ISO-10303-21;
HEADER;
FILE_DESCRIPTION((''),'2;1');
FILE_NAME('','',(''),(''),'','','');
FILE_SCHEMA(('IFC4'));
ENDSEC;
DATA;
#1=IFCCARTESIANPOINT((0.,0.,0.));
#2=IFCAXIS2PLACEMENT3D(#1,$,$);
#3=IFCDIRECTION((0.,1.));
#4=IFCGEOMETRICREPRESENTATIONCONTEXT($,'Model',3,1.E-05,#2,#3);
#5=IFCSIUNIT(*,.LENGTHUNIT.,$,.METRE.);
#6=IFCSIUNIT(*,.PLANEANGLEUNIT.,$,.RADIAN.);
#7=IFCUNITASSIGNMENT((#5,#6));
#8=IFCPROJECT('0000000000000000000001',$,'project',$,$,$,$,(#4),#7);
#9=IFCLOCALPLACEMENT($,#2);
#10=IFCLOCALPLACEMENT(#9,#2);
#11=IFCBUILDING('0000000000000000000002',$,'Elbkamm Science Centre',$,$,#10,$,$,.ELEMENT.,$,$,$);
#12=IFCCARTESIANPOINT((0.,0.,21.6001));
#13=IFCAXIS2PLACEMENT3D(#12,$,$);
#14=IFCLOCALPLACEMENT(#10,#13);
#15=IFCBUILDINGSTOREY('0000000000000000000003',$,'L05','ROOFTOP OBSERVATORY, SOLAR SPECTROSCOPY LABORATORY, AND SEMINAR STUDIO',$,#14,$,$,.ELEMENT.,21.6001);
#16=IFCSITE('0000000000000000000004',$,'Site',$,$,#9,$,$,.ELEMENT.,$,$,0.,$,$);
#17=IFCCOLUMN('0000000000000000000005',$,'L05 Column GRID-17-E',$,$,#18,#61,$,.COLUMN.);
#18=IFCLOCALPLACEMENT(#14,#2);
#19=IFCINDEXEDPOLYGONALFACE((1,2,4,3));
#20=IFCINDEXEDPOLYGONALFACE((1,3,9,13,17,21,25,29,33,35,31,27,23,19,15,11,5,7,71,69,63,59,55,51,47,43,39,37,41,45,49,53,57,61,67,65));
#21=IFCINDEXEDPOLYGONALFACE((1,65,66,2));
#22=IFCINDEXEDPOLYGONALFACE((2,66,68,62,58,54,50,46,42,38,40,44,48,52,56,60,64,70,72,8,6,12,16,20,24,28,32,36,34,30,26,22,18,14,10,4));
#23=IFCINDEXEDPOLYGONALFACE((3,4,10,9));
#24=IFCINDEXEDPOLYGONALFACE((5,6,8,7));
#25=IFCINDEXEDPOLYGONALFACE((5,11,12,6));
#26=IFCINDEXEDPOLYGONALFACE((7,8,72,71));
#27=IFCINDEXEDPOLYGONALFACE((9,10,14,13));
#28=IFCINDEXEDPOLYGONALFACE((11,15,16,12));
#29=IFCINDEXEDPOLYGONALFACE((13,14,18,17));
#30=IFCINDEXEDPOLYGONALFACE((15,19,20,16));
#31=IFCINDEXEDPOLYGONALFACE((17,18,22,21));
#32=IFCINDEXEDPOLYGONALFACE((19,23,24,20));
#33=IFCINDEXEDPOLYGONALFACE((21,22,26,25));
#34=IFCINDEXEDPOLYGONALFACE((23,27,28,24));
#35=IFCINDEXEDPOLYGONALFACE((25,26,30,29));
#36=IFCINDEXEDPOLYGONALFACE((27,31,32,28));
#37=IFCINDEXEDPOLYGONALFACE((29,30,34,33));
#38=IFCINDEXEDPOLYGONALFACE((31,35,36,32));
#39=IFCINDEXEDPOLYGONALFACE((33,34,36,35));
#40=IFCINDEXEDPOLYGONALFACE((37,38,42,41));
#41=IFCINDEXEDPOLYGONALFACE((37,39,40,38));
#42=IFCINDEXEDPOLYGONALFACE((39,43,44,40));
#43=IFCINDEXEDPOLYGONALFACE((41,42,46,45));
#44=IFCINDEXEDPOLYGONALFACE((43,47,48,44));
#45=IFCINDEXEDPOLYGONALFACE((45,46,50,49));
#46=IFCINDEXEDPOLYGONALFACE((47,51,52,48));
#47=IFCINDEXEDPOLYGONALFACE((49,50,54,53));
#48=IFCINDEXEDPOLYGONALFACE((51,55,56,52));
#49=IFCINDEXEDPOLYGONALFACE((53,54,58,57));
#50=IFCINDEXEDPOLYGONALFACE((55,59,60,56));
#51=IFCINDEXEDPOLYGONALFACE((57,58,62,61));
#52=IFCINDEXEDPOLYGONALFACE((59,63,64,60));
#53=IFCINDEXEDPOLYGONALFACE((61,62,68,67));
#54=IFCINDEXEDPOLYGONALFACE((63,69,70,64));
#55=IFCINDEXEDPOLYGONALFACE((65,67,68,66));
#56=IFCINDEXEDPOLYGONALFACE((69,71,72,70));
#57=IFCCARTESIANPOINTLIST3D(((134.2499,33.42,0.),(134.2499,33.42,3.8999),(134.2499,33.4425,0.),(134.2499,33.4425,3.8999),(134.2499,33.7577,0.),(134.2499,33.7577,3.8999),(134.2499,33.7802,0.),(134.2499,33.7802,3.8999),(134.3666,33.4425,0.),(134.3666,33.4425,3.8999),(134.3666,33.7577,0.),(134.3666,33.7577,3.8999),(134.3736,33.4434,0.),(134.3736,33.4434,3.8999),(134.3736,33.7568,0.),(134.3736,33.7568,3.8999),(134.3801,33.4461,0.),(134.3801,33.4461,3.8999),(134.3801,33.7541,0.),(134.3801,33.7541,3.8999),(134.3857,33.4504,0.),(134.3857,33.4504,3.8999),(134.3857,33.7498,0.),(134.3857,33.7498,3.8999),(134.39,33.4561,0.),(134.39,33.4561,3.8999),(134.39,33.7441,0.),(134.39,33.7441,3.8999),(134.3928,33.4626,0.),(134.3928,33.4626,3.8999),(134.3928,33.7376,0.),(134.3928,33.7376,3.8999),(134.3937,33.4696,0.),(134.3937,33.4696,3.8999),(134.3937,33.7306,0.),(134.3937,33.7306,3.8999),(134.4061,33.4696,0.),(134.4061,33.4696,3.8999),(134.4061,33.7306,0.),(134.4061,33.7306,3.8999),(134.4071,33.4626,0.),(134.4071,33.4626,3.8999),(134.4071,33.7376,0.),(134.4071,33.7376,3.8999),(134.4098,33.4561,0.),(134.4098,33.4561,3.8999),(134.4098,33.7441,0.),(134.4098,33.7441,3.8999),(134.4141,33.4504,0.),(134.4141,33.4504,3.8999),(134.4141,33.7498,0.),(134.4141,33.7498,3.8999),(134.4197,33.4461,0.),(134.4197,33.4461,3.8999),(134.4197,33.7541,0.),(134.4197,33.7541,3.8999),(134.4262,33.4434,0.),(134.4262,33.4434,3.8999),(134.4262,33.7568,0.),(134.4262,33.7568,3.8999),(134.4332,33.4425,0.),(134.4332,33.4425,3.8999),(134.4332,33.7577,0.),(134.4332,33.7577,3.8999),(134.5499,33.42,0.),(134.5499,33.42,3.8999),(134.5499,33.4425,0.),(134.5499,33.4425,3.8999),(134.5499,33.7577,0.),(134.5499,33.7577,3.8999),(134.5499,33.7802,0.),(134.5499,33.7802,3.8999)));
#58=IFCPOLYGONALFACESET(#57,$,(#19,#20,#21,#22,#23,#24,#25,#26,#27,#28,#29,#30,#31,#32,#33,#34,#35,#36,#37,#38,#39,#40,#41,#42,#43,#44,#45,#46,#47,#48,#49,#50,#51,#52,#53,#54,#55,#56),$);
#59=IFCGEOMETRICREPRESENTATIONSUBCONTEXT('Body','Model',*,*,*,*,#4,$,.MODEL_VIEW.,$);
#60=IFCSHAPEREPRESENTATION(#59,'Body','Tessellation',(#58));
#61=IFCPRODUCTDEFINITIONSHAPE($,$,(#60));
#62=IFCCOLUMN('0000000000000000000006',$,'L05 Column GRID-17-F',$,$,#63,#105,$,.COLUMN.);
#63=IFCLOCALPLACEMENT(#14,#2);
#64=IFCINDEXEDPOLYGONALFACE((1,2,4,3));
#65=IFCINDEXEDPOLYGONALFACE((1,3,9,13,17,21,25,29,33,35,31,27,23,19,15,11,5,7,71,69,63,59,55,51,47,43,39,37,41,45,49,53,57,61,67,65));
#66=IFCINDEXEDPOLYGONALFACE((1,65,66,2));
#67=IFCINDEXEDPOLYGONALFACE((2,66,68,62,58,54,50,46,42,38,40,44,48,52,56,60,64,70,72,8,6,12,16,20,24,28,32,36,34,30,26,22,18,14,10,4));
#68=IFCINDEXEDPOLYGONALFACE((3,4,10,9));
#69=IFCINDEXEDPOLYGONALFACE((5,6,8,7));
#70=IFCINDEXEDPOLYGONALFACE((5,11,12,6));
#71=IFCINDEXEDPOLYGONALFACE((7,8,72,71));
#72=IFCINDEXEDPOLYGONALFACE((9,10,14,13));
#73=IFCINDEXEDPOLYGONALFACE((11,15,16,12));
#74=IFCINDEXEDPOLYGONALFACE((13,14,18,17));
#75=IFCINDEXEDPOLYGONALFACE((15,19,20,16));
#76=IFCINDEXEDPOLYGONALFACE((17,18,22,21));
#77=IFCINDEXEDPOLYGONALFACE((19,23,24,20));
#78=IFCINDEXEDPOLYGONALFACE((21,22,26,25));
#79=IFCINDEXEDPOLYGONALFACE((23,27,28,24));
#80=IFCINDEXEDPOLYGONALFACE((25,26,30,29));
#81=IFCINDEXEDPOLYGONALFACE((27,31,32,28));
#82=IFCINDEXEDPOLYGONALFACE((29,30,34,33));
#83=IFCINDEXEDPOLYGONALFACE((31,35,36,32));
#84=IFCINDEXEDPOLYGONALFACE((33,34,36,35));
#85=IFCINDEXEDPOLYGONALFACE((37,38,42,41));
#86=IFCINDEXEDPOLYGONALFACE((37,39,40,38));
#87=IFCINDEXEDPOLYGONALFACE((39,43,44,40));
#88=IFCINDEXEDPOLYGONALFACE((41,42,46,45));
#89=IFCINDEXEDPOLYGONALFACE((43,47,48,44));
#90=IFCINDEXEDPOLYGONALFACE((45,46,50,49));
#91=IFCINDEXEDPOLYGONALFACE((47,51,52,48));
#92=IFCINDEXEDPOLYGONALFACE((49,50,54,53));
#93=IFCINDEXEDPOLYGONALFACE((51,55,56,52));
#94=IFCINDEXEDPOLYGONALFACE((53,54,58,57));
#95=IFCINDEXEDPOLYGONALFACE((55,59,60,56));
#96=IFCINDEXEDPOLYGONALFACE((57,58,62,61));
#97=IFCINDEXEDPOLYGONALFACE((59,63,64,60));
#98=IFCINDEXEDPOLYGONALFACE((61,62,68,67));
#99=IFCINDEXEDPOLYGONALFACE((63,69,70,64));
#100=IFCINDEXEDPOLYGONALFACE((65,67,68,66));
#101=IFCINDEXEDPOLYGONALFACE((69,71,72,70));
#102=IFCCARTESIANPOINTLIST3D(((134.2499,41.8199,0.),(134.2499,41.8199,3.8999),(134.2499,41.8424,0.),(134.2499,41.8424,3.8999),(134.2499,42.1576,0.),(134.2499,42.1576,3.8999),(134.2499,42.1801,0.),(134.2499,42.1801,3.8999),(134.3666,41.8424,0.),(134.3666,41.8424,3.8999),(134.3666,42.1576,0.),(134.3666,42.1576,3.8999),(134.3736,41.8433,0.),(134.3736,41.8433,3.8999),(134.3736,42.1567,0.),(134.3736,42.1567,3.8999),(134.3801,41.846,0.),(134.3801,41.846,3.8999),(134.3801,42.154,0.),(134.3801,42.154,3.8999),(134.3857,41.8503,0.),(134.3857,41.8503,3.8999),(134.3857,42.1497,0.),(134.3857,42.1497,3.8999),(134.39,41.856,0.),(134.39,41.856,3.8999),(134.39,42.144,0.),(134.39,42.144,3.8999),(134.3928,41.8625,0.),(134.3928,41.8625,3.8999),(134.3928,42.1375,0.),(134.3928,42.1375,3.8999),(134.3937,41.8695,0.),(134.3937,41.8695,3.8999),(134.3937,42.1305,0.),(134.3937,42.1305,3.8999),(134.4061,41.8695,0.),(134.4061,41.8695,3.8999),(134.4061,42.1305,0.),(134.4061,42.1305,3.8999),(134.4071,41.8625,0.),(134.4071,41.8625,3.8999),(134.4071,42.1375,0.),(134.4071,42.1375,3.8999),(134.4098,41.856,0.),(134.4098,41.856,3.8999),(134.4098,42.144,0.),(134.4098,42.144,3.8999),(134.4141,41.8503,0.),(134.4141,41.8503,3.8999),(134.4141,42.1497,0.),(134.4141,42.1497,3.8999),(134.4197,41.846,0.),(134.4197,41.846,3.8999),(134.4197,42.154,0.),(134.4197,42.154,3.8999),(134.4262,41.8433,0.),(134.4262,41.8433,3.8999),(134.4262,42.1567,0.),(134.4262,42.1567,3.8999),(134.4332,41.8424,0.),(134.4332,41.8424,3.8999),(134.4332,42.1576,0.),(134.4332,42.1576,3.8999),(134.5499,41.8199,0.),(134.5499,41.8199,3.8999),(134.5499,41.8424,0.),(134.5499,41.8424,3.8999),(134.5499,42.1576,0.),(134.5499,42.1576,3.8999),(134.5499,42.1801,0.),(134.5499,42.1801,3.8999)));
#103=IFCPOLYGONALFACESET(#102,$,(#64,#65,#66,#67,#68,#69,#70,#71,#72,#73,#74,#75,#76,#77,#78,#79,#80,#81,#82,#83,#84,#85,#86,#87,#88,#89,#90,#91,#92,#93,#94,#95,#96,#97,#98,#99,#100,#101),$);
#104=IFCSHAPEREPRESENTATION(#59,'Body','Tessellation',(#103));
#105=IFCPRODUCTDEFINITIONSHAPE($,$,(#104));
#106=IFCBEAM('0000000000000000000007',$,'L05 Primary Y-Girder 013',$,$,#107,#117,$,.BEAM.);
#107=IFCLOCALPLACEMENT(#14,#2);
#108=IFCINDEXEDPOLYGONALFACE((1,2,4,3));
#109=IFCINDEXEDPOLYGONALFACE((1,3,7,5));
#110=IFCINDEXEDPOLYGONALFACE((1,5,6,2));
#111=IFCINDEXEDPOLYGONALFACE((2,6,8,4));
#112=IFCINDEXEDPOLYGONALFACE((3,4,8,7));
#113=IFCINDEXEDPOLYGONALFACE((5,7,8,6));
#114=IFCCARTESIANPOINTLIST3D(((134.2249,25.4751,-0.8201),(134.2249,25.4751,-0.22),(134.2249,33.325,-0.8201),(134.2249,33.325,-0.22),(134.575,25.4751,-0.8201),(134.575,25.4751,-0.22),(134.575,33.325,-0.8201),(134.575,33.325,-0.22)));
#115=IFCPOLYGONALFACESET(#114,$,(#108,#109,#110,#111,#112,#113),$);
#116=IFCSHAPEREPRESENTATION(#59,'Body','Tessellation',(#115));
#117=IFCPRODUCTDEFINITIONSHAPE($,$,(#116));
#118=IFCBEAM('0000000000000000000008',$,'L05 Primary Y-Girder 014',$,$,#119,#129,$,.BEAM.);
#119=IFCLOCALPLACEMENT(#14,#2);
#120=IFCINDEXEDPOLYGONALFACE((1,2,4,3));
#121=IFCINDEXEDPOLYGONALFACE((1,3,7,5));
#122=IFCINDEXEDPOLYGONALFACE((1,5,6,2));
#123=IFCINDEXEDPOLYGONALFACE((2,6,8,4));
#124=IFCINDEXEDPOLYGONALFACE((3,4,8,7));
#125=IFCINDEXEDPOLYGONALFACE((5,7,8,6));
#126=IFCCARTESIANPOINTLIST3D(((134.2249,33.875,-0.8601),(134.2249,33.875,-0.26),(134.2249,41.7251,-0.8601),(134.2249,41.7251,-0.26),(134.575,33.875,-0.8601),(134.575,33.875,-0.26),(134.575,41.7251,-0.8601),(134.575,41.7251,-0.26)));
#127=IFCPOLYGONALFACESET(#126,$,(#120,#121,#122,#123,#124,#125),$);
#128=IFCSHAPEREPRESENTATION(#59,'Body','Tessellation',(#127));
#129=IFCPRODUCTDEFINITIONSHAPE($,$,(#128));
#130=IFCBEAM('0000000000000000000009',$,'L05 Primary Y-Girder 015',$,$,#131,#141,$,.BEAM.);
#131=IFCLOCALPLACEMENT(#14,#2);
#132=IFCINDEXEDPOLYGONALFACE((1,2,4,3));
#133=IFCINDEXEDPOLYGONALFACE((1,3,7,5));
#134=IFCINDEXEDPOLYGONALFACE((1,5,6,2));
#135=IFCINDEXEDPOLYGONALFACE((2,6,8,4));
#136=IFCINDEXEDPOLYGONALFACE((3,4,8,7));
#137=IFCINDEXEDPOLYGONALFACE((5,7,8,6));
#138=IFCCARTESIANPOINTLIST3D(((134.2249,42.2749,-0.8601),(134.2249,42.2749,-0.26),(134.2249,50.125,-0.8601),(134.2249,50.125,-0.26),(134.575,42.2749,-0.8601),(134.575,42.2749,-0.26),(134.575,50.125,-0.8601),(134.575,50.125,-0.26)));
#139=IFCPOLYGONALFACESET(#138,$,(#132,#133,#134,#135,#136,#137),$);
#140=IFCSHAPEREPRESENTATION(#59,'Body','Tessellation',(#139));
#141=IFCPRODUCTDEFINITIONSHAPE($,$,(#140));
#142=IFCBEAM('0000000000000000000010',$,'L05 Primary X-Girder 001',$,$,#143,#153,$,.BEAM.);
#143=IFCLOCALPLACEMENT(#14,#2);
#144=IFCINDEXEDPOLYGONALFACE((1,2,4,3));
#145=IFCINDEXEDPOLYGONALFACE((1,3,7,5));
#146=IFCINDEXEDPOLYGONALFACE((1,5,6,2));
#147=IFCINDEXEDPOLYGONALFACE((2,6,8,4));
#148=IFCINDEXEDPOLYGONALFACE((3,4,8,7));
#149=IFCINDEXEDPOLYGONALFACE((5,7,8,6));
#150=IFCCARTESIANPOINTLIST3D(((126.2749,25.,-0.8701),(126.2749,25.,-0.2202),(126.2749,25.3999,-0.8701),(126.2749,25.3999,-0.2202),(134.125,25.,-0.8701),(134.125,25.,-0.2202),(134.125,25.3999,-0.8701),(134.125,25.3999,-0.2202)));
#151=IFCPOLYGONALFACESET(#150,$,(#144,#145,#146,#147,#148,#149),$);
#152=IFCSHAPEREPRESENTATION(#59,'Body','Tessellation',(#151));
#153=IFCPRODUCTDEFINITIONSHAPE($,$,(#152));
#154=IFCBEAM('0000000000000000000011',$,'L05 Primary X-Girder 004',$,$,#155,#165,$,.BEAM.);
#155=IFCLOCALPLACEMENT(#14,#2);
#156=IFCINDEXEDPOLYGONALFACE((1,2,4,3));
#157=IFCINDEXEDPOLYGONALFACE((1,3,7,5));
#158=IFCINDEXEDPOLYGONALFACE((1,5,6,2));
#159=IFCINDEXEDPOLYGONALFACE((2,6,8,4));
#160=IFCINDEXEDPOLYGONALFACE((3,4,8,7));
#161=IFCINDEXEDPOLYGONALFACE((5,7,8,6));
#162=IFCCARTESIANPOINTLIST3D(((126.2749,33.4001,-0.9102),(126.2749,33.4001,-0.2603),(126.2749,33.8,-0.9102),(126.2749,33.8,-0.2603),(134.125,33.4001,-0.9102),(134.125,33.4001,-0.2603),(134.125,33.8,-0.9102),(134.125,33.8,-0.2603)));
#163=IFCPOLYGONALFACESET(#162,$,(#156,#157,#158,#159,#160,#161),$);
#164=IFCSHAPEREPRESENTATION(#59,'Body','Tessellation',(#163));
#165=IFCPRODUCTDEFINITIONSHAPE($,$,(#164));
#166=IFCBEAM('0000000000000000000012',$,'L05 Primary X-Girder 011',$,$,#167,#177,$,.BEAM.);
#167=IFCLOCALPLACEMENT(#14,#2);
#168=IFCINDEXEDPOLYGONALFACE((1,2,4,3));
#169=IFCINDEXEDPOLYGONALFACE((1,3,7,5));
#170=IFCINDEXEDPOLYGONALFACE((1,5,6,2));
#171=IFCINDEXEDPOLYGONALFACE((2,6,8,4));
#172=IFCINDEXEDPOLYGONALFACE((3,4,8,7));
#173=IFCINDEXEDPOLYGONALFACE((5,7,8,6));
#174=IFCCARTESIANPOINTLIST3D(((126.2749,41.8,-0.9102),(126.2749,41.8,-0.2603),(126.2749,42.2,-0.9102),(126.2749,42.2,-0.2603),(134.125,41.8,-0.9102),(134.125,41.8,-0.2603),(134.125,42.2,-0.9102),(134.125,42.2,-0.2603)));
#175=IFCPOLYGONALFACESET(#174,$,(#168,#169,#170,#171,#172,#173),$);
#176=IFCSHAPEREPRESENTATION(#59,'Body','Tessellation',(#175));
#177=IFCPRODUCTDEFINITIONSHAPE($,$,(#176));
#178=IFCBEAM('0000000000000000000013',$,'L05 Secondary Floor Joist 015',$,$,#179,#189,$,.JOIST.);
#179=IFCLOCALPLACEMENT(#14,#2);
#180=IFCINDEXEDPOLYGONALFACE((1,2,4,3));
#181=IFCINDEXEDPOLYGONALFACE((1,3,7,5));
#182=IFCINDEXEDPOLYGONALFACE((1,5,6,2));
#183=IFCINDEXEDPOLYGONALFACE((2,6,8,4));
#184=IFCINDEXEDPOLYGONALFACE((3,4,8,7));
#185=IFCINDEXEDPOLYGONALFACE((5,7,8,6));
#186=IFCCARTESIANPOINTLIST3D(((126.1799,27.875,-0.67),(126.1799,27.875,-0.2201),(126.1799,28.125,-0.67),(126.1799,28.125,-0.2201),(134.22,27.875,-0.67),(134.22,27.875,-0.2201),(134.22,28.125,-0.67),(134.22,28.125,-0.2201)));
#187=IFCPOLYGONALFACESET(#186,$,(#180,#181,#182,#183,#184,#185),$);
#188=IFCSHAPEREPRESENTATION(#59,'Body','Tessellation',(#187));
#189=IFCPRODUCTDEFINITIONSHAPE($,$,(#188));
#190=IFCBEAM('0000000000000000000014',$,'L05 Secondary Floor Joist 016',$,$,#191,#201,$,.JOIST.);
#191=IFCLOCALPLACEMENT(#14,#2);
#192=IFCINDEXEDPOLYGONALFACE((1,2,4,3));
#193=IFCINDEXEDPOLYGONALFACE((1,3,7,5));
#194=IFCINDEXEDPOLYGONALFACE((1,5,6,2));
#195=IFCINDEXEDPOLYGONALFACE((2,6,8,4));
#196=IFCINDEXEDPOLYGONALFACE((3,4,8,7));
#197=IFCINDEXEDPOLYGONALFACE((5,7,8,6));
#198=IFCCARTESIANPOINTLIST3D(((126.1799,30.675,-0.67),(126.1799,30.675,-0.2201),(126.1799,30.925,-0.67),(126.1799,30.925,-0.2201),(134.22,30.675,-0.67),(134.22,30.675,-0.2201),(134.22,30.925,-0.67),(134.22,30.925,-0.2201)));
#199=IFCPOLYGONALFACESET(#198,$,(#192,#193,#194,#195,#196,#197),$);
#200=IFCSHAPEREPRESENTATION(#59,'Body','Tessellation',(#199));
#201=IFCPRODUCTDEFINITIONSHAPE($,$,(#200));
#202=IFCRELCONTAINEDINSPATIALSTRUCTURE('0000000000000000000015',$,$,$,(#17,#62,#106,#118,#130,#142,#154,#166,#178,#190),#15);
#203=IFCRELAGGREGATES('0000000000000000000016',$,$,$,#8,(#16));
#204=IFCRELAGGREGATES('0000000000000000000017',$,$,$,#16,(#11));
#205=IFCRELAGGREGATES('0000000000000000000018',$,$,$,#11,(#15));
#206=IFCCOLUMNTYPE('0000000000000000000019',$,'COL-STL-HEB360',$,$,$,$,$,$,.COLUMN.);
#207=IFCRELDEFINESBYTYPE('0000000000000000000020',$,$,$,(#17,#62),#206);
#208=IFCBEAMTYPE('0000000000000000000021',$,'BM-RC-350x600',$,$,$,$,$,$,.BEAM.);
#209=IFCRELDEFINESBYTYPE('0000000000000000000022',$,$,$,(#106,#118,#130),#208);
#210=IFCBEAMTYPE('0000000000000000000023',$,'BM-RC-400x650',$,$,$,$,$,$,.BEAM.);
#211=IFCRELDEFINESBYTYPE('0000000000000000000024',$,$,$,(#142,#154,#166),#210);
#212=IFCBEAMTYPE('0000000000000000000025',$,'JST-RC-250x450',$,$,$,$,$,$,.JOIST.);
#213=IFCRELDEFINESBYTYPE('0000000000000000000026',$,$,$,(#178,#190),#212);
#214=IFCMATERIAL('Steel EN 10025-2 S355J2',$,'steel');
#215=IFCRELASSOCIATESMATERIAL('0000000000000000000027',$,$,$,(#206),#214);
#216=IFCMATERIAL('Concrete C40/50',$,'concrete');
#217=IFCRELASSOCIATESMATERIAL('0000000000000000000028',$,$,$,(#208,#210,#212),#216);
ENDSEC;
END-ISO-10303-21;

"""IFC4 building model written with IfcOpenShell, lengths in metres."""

from ifc_helpers import new_model, si_unit, direction, frame, origin, origin_2d, place, context, subcontext, project, spatial, rectangle, i_section, extrude, material, material_profile, profile_set, type_object, element, save


model = new_model("IFC4")

# Units and contexts
model_context = context("Model", 3, precision=1e-05, world=origin(), true_north=direction((0.0, 1.0)))
body_context = subcontext(model_context, "Body", "Model", "MODEL_VIEW")
ifc_project = project(units=[si_unit("LENGTHUNIT", "METRE"), si_unit("PLANEANGLEUNIT", "RADIAN")], contexts=[model_context])

# Site, building, storey
site_placement = place(None, origin())
site = spatial("IfcSite", under=ifc_project, at=site_placement, Name="Site", CompositionType="ELEMENT", RefElevation=0.0)
building_placement = place(site_placement, origin())
building = spatial("IfcBuilding", under=site, at=building_placement, Name="Elbkamm Science Centre", CompositionType="ELEMENT")
storey_placement = place(building_placement, frame((0.0, 0.0, 21.6001)))
storey = spatial("IfcBuildingStorey", under=building, at=storey_placement, Name="L05", Description="ROOFTOP OBSERVATORY, SOLAR SPECTROSCOPY LABORATORY, AND SEMINAR STUDIO", CompositionType="ELEMENT", Elevation=21.6001)

# Columns
ifc_material_1 = material(Name="Steel EN 10025-2 S355J2", Category="steel")
ifc_material_profile_1 = material_profile(ifc_material_1, i_section(OverallWidth=0.3, OverallDepth=0.3601, WebThickness=0.0125, FlangeThickness=0.0225, FilletRadius=0.0271, at=origin_2d()), Name="HEB 360")
ifc_profile_set_1 = profile_set([ifc_material_profile_1], Name="Steel EN 10025-2 S355J2")
column_type = type_object("IfcColumnType", Name="COL-STL-HEB360", PredefinedType="COLUMN", material=ifc_profile_set_1)
for number, where, z_axis, x_axis, name in (
    (1, (134.3999, 33.6001, 0.0), (0.0, 0.0, 1.0), (1.0, 0.0, 0.0), "L05 Column GRID-17-E"),
    (2, (134.3999, 42.0, 0.0), (0.0, 0.0, 1.0), (1.0, 0.0, 0.0), "L05 Column GRID-17-F"),
):
    element("IfcColumn", number, at=place(storey_placement, frame(where, z_axis=z_axis, x_axis=x_axis)), inside=storey, type_object=column_type, Name=name, PredefinedType="COLUMN", context=body_context, shape_type="SweptSolid", body=[
        extrude(i_section(OverallWidth=0.3, OverallDepth=0.3601, WebThickness=0.0125, FlangeThickness=0.0225, FilletRadius=0.0271, at=origin_2d()), origin(), (0.0, 0.0, 1.0), 3.8999),
    ])

# Beams
ifc_material_2 = material(Name="Concrete C40/50", Category="concrete")
ifc_material_profile_2 = material_profile(ifc_material_2, rectangle(XDim=0.3501, YDim=0.6001, at=origin_2d()), Name="RC 350x600")
ifc_profile_set_2 = profile_set([ifc_material_profile_2], Name="Concrete C40/50")
beam_type_1 = type_object("IfcBeamType", Name="BM-RC-350x600", PredefinedType="BEAM", material=ifc_profile_set_2)
beam_placement = place(storey_placement, frame((134.3999, 25.4751, -0.52), z_axis=(0.0, 1.0, 0.0), x_axis=(-1.0, 0.0, 0.0)))
element("IfcBeam", 3, at=beam_placement, inside=storey, type_object=beam_type_1, Name="L05 Primary Y-Girder 013", PredefinedType="BEAM", context=body_context, shape_type="SweptSolid", body=[
    extrude(rectangle(XDim=0.3501, YDim=0.6001, at=origin_2d()), origin(), (0.0, 0.0, 1.0), 7.8499),
])
for number, where, z_axis, x_axis, name in (
    (4, (134.3999, 33.875, -0.5601), (0.0, 1.0, 0.0), (-1.0, 0.0, 0.0), "L05 Primary Y-Girder 014"),
    (5, (134.3999, 42.2749, -0.5601), (0.0, 1.0, 0.0), (-1.0, 0.0, 0.0), "L05 Primary Y-Girder 015"),
):
    element("IfcBeam", number, at=place(storey_placement, frame(where, z_axis=z_axis, x_axis=x_axis)), inside=storey, type_object=beam_type_1, Name=name, PredefinedType="BEAM", context=body_context, shape_type="SweptSolid", body=[
        extrude(rectangle(XDim=0.3501, YDim=0.6001, at=origin_2d()), origin(), (0.0, 0.0, 1.0), 7.8501),
    ])
ifc_material_profile_3 = material_profile(ifc_material_2, rectangle(XDim=0.3999, YDim=0.6499, at=origin_2d()), Name="RC 400x650")
ifc_profile_set_3 = profile_set([ifc_material_profile_3], Name="Concrete C40/50")
beam_type_2 = type_object("IfcBeamType", Name="BM-RC-400x650", PredefinedType="BEAM", material=ifc_profile_set_3)
for number, where, z_axis, x_axis, name in (
    (6, (126.2749, 25.2, -0.5452), (1.0, 0.0, 0.0), (0.0, 1.0, 0.0), "L05 Primary X-Girder 001"),
    (7, (126.2749, 33.6001, -0.5852), (1.0, 0.0, 0.0), (0.0, 1.0, 0.0), "L05 Primary X-Girder 004"),
    (8, (126.2749, 42.0, -0.5852), (1.0, 0.0, 0.0), (0.0, 1.0, 0.0), "L05 Primary X-Girder 011"),
):
    element("IfcBeam", number, at=place(storey_placement, frame(where, z_axis=z_axis, x_axis=x_axis)), inside=storey, type_object=beam_type_2, Name=name, PredefinedType="BEAM", context=body_context, shape_type="SweptSolid", body=[
        extrude(rectangle(XDim=0.3999, YDim=0.6499, at=origin_2d()), origin(), (0.0, 0.0, 1.0), 7.8501),
    ])
ifc_material_profile_4 = material_profile(ifc_material_2, rectangle(XDim=0.25, YDim=0.45, at=origin_2d()), Name="RC 250x450")
ifc_profile_set_4 = profile_set([ifc_material_profile_4], Name="Concrete C40/50")
beam_type_3 = type_object("IfcBeamType", Name="JST-RC-250x450", PredefinedType="JOIST", material=ifc_profile_set_4)
for number, where, z_axis, x_axis, name in (
    (9, (126.1799, 28.0, -0.4451), (1.0, 0.0, 0.0), (0.0, 1.0, 0.0), "L05 Secondary Floor Joist 015"),
    (10, (126.1799, 30.8, -0.4451), (1.0, 0.0, 0.0), (0.0, 1.0, 0.0), "L05 Secondary Floor Joist 016"),
):
    element("IfcBeam", number, at=place(storey_placement, frame(where, z_axis=z_axis, x_axis=x_axis)), inside=storey, type_object=beam_type_3, Name=name, PredefinedType="JOIST", context=body_context, shape_type="SweptSolid", body=[
        extrude(rectangle(XDim=0.25, YDim=0.45, at=origin_2d()), origin(), (0.0, 0.0, 1.0), 8.04),
    ])

save(model, "model.ifc")
